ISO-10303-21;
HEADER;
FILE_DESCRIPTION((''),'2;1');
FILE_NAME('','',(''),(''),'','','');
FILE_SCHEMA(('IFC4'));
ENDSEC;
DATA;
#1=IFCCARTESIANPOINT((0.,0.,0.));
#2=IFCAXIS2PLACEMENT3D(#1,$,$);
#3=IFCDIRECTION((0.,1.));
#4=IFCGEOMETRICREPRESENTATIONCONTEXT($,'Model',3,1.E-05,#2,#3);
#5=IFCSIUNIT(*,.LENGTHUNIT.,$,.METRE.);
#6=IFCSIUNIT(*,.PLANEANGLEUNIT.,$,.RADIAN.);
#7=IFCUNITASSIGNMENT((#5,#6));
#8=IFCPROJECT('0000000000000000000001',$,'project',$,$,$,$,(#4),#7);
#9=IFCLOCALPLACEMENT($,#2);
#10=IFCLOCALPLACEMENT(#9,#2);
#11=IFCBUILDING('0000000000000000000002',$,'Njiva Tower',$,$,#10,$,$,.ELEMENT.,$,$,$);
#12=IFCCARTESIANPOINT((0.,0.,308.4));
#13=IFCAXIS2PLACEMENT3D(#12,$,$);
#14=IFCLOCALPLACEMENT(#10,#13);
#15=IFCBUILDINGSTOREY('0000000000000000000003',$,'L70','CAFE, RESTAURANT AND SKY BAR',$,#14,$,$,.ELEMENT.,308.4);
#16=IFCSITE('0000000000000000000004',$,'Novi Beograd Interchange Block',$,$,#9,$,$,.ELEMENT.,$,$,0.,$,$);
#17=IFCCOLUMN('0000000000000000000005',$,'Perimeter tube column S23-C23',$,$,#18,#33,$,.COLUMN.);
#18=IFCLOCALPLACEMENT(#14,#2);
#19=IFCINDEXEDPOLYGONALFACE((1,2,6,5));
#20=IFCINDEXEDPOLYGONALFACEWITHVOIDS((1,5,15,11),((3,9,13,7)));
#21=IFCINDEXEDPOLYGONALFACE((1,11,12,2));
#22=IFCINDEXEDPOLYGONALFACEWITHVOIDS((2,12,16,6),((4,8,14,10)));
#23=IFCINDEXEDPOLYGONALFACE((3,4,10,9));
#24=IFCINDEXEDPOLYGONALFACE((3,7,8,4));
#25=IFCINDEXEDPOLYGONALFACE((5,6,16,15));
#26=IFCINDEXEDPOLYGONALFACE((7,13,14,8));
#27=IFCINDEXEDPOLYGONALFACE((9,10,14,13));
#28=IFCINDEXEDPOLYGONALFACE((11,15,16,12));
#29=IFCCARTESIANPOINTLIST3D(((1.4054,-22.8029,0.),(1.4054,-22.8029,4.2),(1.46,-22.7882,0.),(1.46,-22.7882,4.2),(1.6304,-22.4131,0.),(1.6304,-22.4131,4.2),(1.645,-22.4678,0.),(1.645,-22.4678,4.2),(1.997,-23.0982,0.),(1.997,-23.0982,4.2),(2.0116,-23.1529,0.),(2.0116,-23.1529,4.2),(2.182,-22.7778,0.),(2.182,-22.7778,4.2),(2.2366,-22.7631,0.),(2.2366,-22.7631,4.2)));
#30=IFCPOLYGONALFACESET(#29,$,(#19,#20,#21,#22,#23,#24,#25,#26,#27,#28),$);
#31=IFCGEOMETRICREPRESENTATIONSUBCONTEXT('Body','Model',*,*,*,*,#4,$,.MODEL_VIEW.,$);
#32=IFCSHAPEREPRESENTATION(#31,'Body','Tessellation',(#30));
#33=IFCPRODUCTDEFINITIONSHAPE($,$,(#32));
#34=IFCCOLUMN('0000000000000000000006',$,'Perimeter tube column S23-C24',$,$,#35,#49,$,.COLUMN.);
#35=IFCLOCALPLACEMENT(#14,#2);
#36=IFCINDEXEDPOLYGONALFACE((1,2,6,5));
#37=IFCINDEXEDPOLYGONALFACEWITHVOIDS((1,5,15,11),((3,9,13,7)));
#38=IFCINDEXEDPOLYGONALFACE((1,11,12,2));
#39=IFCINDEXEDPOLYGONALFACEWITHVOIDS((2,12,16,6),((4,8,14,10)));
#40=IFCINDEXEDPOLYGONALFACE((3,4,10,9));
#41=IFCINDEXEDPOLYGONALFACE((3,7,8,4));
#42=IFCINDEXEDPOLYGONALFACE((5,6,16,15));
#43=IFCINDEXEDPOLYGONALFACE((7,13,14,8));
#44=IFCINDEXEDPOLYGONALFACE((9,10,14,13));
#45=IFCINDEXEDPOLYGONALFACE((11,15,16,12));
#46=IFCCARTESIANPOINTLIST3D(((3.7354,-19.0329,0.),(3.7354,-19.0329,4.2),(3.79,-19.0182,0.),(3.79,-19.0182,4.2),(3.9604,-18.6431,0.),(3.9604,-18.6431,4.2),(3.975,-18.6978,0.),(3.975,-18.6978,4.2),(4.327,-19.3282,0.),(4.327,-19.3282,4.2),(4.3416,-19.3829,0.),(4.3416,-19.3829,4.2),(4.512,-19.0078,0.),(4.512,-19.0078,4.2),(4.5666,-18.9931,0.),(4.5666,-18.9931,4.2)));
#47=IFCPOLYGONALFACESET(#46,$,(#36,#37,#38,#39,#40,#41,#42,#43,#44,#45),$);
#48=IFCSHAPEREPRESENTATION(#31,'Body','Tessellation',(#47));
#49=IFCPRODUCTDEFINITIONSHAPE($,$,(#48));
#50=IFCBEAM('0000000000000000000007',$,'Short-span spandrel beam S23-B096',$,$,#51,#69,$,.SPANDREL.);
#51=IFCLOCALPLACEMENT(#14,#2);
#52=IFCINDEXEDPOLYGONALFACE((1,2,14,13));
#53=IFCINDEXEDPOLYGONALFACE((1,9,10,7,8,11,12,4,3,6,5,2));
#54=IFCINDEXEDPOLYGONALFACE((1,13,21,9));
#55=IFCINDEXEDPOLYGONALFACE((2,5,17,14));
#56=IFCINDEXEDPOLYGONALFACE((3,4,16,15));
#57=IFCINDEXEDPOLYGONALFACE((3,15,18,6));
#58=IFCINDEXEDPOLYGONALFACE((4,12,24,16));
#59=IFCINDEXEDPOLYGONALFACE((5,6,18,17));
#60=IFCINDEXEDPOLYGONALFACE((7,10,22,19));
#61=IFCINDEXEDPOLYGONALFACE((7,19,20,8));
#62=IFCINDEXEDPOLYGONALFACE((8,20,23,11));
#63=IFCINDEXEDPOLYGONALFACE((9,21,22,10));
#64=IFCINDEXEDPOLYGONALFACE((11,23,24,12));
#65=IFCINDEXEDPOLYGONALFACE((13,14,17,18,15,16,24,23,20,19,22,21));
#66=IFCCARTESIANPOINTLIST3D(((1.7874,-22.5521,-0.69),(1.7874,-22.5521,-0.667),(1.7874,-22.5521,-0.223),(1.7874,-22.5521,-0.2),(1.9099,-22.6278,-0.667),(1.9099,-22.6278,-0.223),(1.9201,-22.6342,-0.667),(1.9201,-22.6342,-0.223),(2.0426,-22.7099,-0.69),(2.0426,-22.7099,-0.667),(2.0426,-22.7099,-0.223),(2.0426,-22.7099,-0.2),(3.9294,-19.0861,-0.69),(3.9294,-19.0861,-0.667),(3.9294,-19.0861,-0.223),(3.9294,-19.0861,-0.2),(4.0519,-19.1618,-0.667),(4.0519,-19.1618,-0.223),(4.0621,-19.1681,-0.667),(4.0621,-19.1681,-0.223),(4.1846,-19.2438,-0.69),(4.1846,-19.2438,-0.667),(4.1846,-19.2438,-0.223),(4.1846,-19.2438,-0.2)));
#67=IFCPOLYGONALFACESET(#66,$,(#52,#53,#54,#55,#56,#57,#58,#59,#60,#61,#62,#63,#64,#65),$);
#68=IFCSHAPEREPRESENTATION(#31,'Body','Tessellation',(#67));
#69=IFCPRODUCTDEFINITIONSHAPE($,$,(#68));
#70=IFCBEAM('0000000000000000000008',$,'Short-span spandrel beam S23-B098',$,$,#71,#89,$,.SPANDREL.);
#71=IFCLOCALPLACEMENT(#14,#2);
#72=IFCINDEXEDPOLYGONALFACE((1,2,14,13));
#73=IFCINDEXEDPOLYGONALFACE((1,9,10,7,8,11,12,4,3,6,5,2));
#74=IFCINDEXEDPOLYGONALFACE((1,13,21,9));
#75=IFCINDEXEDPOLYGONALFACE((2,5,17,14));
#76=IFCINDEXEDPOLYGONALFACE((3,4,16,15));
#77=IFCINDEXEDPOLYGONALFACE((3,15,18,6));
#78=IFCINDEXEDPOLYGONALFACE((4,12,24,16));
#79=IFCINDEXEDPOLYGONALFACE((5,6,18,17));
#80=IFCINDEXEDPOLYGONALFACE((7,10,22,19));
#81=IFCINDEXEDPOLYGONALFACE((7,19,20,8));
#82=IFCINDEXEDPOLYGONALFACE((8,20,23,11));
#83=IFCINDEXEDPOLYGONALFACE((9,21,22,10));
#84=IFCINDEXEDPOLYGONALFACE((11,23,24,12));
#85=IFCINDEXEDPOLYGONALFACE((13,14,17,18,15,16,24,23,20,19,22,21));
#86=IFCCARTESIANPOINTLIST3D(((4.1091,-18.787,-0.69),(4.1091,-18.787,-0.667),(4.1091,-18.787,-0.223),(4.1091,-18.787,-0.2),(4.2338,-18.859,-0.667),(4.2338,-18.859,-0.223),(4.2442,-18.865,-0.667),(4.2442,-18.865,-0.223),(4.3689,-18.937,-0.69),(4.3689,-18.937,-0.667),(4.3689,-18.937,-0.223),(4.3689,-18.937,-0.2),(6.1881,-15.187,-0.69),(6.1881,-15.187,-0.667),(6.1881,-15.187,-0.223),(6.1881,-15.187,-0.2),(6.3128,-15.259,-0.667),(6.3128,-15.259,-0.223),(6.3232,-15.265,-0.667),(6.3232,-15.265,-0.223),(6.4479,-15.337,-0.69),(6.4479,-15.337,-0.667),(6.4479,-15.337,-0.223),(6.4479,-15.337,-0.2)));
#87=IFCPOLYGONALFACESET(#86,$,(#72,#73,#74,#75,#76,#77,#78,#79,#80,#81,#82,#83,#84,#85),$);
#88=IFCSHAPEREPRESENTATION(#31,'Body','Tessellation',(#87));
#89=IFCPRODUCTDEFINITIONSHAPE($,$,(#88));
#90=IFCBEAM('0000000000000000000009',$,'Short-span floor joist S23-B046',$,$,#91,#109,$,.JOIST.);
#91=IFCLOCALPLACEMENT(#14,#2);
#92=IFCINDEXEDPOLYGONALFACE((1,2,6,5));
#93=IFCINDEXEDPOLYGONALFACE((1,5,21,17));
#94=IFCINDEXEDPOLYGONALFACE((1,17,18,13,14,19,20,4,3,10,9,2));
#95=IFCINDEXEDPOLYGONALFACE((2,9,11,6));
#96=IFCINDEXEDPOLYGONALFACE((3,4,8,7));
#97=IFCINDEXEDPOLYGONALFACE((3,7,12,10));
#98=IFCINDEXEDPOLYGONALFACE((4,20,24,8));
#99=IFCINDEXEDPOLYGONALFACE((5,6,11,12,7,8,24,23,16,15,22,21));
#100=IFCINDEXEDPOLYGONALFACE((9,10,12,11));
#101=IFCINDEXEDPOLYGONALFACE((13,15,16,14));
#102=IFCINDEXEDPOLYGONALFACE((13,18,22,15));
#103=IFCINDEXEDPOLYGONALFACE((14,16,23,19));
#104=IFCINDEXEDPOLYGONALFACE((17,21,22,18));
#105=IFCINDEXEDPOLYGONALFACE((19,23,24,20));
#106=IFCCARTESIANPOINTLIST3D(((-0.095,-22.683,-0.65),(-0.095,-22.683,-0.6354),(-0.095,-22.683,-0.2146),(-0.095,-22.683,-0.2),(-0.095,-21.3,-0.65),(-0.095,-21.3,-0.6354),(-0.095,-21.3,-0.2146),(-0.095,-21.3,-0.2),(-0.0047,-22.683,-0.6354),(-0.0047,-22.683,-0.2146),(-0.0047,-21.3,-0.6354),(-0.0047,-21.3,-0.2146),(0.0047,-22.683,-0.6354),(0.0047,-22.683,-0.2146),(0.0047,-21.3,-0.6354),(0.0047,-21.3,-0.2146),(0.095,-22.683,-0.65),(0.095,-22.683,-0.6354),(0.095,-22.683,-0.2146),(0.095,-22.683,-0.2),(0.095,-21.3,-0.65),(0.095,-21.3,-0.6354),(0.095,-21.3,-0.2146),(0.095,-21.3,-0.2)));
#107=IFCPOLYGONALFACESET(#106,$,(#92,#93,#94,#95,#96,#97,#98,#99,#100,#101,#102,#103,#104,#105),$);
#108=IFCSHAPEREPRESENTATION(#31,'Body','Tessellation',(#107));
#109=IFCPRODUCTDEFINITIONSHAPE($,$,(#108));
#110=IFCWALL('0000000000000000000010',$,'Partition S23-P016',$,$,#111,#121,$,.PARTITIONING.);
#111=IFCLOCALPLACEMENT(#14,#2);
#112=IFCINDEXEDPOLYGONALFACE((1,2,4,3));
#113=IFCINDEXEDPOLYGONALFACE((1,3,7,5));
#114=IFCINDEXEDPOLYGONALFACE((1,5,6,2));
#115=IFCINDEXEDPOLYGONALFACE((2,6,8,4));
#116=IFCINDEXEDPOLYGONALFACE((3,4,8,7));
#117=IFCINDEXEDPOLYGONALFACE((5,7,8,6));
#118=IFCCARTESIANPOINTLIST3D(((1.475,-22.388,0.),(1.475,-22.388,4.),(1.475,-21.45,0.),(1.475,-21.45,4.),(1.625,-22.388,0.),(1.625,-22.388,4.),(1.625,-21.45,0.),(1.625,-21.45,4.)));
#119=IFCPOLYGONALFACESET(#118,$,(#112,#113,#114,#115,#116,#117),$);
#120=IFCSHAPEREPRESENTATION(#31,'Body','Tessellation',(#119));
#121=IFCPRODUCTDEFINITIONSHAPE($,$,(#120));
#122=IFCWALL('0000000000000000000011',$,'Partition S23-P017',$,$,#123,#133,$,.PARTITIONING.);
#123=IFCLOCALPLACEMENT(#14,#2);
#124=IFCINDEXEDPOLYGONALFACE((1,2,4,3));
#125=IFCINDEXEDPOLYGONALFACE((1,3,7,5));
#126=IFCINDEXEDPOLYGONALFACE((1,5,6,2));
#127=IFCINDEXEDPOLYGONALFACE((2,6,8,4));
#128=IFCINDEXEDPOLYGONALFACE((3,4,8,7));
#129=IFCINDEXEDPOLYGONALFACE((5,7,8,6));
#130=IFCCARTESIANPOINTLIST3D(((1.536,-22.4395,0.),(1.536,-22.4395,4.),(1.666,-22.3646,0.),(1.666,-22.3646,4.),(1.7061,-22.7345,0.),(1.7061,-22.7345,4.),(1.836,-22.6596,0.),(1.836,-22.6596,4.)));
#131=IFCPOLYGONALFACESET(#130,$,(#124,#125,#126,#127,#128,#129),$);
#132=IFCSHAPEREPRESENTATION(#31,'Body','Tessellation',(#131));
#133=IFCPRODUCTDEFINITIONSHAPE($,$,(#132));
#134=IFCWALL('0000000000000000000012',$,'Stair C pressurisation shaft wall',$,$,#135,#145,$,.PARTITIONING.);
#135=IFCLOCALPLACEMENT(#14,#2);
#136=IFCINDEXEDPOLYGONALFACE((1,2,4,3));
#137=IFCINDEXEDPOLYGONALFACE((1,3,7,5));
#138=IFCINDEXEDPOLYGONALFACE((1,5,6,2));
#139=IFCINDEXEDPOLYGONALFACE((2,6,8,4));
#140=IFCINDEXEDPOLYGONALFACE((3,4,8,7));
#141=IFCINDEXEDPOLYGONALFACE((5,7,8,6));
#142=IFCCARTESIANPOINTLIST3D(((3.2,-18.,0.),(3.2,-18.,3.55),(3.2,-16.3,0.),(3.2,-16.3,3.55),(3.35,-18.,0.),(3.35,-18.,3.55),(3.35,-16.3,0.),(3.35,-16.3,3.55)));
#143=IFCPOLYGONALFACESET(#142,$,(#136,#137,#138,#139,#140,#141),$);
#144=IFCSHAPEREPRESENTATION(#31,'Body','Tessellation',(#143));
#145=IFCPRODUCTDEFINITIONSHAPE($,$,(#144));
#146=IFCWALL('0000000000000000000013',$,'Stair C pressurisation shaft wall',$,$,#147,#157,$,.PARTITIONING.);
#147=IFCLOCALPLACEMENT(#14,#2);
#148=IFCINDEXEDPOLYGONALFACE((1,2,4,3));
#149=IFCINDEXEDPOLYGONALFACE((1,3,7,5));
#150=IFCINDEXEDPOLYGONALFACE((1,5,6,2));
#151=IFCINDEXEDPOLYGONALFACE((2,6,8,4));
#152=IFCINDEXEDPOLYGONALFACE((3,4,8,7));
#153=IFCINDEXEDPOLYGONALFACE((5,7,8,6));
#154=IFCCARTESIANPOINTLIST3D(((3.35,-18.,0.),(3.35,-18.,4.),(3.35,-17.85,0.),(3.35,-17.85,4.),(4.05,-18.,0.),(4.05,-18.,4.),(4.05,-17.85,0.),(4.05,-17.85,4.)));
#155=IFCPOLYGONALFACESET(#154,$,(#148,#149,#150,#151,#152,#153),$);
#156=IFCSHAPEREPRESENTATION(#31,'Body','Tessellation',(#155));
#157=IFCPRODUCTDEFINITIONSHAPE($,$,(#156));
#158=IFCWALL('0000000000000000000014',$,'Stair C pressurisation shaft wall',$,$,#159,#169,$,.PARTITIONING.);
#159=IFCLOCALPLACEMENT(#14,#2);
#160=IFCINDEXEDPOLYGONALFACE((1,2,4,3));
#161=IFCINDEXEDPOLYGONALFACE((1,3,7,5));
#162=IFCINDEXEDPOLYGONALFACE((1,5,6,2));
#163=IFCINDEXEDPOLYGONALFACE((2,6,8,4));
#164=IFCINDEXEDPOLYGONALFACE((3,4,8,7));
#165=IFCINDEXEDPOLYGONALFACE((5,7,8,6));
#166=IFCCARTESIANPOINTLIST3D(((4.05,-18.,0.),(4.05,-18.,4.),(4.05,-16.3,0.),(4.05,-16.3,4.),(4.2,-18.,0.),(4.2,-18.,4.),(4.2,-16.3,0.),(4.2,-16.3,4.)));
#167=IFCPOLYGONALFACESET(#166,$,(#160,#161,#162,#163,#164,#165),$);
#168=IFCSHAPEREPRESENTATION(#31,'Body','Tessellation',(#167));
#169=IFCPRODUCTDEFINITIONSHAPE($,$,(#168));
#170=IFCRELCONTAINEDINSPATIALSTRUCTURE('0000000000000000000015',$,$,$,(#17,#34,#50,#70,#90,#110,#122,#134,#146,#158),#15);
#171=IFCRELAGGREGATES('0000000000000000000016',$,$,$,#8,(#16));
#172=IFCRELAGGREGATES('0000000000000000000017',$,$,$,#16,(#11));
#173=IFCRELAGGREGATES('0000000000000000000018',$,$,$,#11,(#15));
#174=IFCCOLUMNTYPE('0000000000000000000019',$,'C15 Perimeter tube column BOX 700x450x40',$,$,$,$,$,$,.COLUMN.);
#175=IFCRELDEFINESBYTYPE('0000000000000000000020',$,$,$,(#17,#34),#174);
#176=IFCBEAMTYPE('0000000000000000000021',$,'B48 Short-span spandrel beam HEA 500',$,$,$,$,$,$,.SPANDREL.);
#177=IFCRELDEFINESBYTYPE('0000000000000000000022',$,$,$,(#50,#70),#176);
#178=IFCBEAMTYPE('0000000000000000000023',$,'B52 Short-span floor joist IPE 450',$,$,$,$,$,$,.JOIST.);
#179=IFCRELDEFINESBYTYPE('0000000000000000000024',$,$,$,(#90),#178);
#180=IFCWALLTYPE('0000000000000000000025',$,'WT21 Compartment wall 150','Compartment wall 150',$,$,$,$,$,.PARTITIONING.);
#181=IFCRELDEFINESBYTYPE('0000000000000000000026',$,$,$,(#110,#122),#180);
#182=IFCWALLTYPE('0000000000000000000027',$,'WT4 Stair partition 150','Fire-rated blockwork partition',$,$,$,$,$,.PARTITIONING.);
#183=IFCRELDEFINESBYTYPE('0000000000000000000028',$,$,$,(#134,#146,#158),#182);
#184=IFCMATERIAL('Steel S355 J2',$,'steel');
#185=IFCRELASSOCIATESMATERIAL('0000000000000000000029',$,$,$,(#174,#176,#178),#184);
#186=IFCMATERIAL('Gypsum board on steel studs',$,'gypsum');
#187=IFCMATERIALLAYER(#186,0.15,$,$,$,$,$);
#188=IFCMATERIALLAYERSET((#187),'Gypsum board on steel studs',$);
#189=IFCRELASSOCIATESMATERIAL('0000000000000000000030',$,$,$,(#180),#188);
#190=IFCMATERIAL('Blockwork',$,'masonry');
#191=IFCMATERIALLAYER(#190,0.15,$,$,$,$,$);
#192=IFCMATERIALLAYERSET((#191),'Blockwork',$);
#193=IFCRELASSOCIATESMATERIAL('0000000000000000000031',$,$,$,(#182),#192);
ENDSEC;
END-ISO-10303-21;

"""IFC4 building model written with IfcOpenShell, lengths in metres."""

from ifc_helpers import new_model, si_unit, direction, frame, frame_2d, origin, origin_2d, place, context, subcontext, project, spatial, rectangle, hollow_rectangle, i_section, extrude, material, layer, layer_set, material_profile, profile_set, type_object, element, save


model = new_model("IFC4")

# Units and contexts
model_context = context("Model", 3, precision=1e-05, world=origin(), true_north=direction((0.0, 1.0)))
body_context = subcontext(model_context, "Body", "Model", "MODEL_VIEW")
ifc_project = project(units=[si_unit("LENGTHUNIT", "METRE"), si_unit("PLANEANGLEUNIT", "RADIAN")], contexts=[model_context])

# Site, building, storey
site_placement = place(None, origin())
site = spatial("IfcSite", under=ifc_project, at=site_placement, Name="Novi Beograd Interchange Block", CompositionType="ELEMENT", RefElevation=0.0)
building_placement = place(site_placement, origin())
building = spatial("IfcBuilding", under=site, at=building_placement, Name="Njiva Tower", CompositionType="ELEMENT")
storey_placement = place(building_placement, frame((0.0, 0.0, 308.4)))
storey = spatial("IfcBuildingStorey", under=building, at=storey_placement, Name="L70", Description="CAFE, RESTAURANT AND SKY BAR", CompositionType="ELEMENT", Elevation=308.4)

# Columns
ifc_material_1 = material(Name="Steel S355 J2", Category="steel")
ifc_material_profile_1 = material_profile(ifc_material_1, hollow_rectangle(XDim=0.45, YDim=0.7, WallThickness=0.04, at=origin_2d()), Name="BOX 700x450x40")
ifc_profile_set_1 = profile_set([ifc_material_profile_1], Name="Steel S355 J2")
column_type = type_object("IfcColumnType", Name="C15 Perimeter tube column BOX 700x450x40", PredefinedType="COLUMN", material=ifc_profile_set_1)
for number, where, z_axis, x_axis, name in (
    (1, (1.821, -22.783, 0.0), (0.0, 0.0, 1.0), (0.5, 0.866025, 0.0), "Perimeter tube column S23-C23"),
    (2, (4.151, -19.013, 0.0), (0.0, 0.0, 1.0), (0.5, 0.866025, 0.0), "Perimeter tube column S23-C24"),
):
    element("IfcColumn", number, at=place(storey_placement, frame(where, z_axis=z_axis, x_axis=x_axis)), inside=storey, type_object=column_type, Name=name, PredefinedType="COLUMN", context=body_context, shape_type="SweptSolid", body=[
        extrude(hollow_rectangle(XDim=0.45, YDim=0.7, WallThickness=0.04, at=origin_2d()), origin(), (0.0, 0.0, 1.0), 4.2),
    ])

# Beams
ifc_material_profile_2 = material_profile(ifc_material_1, i_section(OverallWidth=0.3, OverallDepth=0.49, WebThickness=0.012, FlangeThickness=0.023, at=origin_2d()), Name="HEA 500")
ifc_profile_set_2 = profile_set([ifc_material_profile_2], Name="Steel S355 J2")
beam_type_1 = type_object("IfcBeamType", Name="B48 Short-span spandrel beam HEA 500", PredefinedType="SPANDREL", material=ifc_profile_set_2)
beam_1_placement = place(storey_placement, frame((1.915, -22.631, -0.445), z_axis=(0.525712, 0.850662, 0.0), x_axis=(-0.850662, 0.525712, 0.0)))
element("IfcBeam", 3, at=beam_1_placement, inside=storey, type_object=beam_type_1, Name="Short-span spandrel beam S23-B096", PredefinedType="SPANDREL", context=body_context, shape_type="SweptSolid", body=[
    extrude(i_section(OverallWidth=0.3, OverallDepth=0.49, WebThickness=0.012, FlangeThickness=0.023, at=origin_2d()), origin(), (0.0, 0.0, 1.0), 4.0745),
])
beam_2_placement = place(storey_placement, frame((4.239, -18.862, -0.445), z_axis=(0.500097, 0.865969, 0.0), x_axis=(-0.865969, 0.500097, 0.0)))
element("IfcBeam", 4, at=beam_2_placement, inside=storey, type_object=beam_type_1, Name="Short-span spandrel beam S23-B098", PredefinedType="SPANDREL", context=body_context, shape_type="SweptSolid", body=[
    extrude(i_section(OverallWidth=0.3, OverallDepth=0.49, WebThickness=0.012, FlangeThickness=0.023, at=origin_2d()), origin(), (0.0, 0.0, 1.0), 4.1572),
])
ifc_material_profile_3 = material_profile(ifc_material_1, i_section(OverallWidth=0.19, OverallDepth=0.45, WebThickness=0.0094, FlangeThickness=0.0146, at=origin_2d()), Name="IPE 450")
ifc_profile_set_3 = profile_set([ifc_material_profile_3], Name="Steel S355 J2")
beam_type_2 = type_object("IfcBeamType", Name="B52 Short-span floor joist IPE 450", PredefinedType="JOIST", material=ifc_profile_set_3)
beam_3_placement = place(storey_placement, frame((0.0, -21.3, -0.425), z_axis=(0.0, -1.0, 0.0), x_axis=(1.0, 0.0, 0.0)))
element("IfcBeam", 5, at=beam_3_placement, inside=storey, type_object=beam_type_2, Name="Short-span floor joist S23-B046", PredefinedType="JOIST", context=body_context, shape_type="SweptSolid", body=[
    extrude(i_section(OverallWidth=0.19, OverallDepth=0.45, WebThickness=0.0094, FlangeThickness=0.0146, at=origin_2d()), origin(), (0.0, 0.0, 1.0), 1.383),
])

# Walls
ifc_material_2 = material(Name="Gypsum board on steel studs", Category="gypsum")
ifc_layer_1 = layer(ifc_material_2, 0.15)
ifc_layer_set_1 = layer_set([ifc_layer_1], Name="Gypsum board on steel studs")
wall_type_1 = type_object("IfcWallType", Name="WT21 Compartment wall 150", Description="Compartment wall 150", PredefinedType="PARTITIONING", material=ifc_layer_set_1)
wall_1_placement = place(storey_placement, frame((1.55, -22.388, 0.0), z_axis=(0.0, 0.0, 1.0), x_axis=(0.0, 1.0, 0.0)))
element("IfcWall", 6, at=wall_1_placement, inside=storey, type_object=wall_type_1, Name="Partition S23-P016", PredefinedType="PARTITIONING", context=body_context, shape_type="SweptSolid", body=[
    extrude(rectangle(XDim=0.938, YDim=0.15, at=frame_2d((0.469, 0.0))), origin(), (0.0, 0.0, 1.0), 4.0),
])
wall_2_placement = place(storey_placement, frame((1.601, -22.402, 0.0), z_axis=(0.0, 0.0, 1.0), x_axis=(0.499299, -0.86643, 0.0)))
element("IfcWall", 7, at=wall_2_placement, inside=storey, type_object=wall_type_1, Name="Partition S23-P017", PredefinedType="PARTITIONING", context=body_context, shape_type="SweptSolid", body=[
    extrude(rectangle(XDim=0.3405, YDim=0.15, at=frame_2d((0.1703, 0.0))), origin(), (0.0, 0.0, 1.0), 4.0),
])
ifc_material_3 = material(Name="Blockwork", Category="masonry")
ifc_layer_2 = layer(ifc_material_3, 0.15)
ifc_layer_set_2 = layer_set([ifc_layer_2], Name="Blockwork")
wall_type_2 = type_object("IfcWallType", Name="WT4 Stair partition 150", Description="Fire-rated blockwork partition", PredefinedType="PARTITIONING", material=ifc_layer_set_2)
wall_3_placement = place(storey_placement, frame((3.275, -18.0, 0.0), z_axis=(0.0, 0.0, 1.0), x_axis=(0.0, 1.0, 0.0)))
element("IfcWall", 8, at=wall_3_placement, inside=storey, type_object=wall_type_2, Name="Stair C pressurisation shaft wall", PredefinedType="PARTITIONING", context=body_context, shape_type="SweptSolid", body=[
    extrude(rectangle(XDim=1.7, YDim=0.15, at=frame_2d((0.85, 0.0))), origin(), (0.0, 0.0, 1.0), 3.55),
])
wall_4_placement = place(storey_placement, frame((3.35, -17.925, 0.0), z_axis=(0.0, 0.0, 1.0), x_axis=(1.0, 0.0, 0.0)))
element("IfcWall", 9, at=wall_4_placement, inside=storey, type_object=wall_type_2, Name="Stair C pressurisation shaft wall", PredefinedType="PARTITIONING", context=body_context, shape_type="SweptSolid", body=[
    extrude(rectangle(XDim=0.7, YDim=0.15, at=frame_2d((0.35, 0.0))), origin(), (0.0, 0.0, 1.0), 4.0),
])
wall_5_placement = place(storey_placement, frame((4.125, -18.0, 0.0), z_axis=(0.0, 0.0, 1.0), x_axis=(0.0, 1.0, 0.0)))
element("IfcWall", 10, at=wall_5_placement, inside=storey, type_object=wall_type_2, Name="Stair C pressurisation shaft wall", PredefinedType="PARTITIONING", context=body_context, shape_type="SweptSolid", body=[
    extrude(rectangle(XDim=1.7, YDim=0.15, at=frame_2d((0.85, 0.0))), origin(), (0.0, 0.0, 1.0), 4.0),
])

save(model, "model.ifc")
